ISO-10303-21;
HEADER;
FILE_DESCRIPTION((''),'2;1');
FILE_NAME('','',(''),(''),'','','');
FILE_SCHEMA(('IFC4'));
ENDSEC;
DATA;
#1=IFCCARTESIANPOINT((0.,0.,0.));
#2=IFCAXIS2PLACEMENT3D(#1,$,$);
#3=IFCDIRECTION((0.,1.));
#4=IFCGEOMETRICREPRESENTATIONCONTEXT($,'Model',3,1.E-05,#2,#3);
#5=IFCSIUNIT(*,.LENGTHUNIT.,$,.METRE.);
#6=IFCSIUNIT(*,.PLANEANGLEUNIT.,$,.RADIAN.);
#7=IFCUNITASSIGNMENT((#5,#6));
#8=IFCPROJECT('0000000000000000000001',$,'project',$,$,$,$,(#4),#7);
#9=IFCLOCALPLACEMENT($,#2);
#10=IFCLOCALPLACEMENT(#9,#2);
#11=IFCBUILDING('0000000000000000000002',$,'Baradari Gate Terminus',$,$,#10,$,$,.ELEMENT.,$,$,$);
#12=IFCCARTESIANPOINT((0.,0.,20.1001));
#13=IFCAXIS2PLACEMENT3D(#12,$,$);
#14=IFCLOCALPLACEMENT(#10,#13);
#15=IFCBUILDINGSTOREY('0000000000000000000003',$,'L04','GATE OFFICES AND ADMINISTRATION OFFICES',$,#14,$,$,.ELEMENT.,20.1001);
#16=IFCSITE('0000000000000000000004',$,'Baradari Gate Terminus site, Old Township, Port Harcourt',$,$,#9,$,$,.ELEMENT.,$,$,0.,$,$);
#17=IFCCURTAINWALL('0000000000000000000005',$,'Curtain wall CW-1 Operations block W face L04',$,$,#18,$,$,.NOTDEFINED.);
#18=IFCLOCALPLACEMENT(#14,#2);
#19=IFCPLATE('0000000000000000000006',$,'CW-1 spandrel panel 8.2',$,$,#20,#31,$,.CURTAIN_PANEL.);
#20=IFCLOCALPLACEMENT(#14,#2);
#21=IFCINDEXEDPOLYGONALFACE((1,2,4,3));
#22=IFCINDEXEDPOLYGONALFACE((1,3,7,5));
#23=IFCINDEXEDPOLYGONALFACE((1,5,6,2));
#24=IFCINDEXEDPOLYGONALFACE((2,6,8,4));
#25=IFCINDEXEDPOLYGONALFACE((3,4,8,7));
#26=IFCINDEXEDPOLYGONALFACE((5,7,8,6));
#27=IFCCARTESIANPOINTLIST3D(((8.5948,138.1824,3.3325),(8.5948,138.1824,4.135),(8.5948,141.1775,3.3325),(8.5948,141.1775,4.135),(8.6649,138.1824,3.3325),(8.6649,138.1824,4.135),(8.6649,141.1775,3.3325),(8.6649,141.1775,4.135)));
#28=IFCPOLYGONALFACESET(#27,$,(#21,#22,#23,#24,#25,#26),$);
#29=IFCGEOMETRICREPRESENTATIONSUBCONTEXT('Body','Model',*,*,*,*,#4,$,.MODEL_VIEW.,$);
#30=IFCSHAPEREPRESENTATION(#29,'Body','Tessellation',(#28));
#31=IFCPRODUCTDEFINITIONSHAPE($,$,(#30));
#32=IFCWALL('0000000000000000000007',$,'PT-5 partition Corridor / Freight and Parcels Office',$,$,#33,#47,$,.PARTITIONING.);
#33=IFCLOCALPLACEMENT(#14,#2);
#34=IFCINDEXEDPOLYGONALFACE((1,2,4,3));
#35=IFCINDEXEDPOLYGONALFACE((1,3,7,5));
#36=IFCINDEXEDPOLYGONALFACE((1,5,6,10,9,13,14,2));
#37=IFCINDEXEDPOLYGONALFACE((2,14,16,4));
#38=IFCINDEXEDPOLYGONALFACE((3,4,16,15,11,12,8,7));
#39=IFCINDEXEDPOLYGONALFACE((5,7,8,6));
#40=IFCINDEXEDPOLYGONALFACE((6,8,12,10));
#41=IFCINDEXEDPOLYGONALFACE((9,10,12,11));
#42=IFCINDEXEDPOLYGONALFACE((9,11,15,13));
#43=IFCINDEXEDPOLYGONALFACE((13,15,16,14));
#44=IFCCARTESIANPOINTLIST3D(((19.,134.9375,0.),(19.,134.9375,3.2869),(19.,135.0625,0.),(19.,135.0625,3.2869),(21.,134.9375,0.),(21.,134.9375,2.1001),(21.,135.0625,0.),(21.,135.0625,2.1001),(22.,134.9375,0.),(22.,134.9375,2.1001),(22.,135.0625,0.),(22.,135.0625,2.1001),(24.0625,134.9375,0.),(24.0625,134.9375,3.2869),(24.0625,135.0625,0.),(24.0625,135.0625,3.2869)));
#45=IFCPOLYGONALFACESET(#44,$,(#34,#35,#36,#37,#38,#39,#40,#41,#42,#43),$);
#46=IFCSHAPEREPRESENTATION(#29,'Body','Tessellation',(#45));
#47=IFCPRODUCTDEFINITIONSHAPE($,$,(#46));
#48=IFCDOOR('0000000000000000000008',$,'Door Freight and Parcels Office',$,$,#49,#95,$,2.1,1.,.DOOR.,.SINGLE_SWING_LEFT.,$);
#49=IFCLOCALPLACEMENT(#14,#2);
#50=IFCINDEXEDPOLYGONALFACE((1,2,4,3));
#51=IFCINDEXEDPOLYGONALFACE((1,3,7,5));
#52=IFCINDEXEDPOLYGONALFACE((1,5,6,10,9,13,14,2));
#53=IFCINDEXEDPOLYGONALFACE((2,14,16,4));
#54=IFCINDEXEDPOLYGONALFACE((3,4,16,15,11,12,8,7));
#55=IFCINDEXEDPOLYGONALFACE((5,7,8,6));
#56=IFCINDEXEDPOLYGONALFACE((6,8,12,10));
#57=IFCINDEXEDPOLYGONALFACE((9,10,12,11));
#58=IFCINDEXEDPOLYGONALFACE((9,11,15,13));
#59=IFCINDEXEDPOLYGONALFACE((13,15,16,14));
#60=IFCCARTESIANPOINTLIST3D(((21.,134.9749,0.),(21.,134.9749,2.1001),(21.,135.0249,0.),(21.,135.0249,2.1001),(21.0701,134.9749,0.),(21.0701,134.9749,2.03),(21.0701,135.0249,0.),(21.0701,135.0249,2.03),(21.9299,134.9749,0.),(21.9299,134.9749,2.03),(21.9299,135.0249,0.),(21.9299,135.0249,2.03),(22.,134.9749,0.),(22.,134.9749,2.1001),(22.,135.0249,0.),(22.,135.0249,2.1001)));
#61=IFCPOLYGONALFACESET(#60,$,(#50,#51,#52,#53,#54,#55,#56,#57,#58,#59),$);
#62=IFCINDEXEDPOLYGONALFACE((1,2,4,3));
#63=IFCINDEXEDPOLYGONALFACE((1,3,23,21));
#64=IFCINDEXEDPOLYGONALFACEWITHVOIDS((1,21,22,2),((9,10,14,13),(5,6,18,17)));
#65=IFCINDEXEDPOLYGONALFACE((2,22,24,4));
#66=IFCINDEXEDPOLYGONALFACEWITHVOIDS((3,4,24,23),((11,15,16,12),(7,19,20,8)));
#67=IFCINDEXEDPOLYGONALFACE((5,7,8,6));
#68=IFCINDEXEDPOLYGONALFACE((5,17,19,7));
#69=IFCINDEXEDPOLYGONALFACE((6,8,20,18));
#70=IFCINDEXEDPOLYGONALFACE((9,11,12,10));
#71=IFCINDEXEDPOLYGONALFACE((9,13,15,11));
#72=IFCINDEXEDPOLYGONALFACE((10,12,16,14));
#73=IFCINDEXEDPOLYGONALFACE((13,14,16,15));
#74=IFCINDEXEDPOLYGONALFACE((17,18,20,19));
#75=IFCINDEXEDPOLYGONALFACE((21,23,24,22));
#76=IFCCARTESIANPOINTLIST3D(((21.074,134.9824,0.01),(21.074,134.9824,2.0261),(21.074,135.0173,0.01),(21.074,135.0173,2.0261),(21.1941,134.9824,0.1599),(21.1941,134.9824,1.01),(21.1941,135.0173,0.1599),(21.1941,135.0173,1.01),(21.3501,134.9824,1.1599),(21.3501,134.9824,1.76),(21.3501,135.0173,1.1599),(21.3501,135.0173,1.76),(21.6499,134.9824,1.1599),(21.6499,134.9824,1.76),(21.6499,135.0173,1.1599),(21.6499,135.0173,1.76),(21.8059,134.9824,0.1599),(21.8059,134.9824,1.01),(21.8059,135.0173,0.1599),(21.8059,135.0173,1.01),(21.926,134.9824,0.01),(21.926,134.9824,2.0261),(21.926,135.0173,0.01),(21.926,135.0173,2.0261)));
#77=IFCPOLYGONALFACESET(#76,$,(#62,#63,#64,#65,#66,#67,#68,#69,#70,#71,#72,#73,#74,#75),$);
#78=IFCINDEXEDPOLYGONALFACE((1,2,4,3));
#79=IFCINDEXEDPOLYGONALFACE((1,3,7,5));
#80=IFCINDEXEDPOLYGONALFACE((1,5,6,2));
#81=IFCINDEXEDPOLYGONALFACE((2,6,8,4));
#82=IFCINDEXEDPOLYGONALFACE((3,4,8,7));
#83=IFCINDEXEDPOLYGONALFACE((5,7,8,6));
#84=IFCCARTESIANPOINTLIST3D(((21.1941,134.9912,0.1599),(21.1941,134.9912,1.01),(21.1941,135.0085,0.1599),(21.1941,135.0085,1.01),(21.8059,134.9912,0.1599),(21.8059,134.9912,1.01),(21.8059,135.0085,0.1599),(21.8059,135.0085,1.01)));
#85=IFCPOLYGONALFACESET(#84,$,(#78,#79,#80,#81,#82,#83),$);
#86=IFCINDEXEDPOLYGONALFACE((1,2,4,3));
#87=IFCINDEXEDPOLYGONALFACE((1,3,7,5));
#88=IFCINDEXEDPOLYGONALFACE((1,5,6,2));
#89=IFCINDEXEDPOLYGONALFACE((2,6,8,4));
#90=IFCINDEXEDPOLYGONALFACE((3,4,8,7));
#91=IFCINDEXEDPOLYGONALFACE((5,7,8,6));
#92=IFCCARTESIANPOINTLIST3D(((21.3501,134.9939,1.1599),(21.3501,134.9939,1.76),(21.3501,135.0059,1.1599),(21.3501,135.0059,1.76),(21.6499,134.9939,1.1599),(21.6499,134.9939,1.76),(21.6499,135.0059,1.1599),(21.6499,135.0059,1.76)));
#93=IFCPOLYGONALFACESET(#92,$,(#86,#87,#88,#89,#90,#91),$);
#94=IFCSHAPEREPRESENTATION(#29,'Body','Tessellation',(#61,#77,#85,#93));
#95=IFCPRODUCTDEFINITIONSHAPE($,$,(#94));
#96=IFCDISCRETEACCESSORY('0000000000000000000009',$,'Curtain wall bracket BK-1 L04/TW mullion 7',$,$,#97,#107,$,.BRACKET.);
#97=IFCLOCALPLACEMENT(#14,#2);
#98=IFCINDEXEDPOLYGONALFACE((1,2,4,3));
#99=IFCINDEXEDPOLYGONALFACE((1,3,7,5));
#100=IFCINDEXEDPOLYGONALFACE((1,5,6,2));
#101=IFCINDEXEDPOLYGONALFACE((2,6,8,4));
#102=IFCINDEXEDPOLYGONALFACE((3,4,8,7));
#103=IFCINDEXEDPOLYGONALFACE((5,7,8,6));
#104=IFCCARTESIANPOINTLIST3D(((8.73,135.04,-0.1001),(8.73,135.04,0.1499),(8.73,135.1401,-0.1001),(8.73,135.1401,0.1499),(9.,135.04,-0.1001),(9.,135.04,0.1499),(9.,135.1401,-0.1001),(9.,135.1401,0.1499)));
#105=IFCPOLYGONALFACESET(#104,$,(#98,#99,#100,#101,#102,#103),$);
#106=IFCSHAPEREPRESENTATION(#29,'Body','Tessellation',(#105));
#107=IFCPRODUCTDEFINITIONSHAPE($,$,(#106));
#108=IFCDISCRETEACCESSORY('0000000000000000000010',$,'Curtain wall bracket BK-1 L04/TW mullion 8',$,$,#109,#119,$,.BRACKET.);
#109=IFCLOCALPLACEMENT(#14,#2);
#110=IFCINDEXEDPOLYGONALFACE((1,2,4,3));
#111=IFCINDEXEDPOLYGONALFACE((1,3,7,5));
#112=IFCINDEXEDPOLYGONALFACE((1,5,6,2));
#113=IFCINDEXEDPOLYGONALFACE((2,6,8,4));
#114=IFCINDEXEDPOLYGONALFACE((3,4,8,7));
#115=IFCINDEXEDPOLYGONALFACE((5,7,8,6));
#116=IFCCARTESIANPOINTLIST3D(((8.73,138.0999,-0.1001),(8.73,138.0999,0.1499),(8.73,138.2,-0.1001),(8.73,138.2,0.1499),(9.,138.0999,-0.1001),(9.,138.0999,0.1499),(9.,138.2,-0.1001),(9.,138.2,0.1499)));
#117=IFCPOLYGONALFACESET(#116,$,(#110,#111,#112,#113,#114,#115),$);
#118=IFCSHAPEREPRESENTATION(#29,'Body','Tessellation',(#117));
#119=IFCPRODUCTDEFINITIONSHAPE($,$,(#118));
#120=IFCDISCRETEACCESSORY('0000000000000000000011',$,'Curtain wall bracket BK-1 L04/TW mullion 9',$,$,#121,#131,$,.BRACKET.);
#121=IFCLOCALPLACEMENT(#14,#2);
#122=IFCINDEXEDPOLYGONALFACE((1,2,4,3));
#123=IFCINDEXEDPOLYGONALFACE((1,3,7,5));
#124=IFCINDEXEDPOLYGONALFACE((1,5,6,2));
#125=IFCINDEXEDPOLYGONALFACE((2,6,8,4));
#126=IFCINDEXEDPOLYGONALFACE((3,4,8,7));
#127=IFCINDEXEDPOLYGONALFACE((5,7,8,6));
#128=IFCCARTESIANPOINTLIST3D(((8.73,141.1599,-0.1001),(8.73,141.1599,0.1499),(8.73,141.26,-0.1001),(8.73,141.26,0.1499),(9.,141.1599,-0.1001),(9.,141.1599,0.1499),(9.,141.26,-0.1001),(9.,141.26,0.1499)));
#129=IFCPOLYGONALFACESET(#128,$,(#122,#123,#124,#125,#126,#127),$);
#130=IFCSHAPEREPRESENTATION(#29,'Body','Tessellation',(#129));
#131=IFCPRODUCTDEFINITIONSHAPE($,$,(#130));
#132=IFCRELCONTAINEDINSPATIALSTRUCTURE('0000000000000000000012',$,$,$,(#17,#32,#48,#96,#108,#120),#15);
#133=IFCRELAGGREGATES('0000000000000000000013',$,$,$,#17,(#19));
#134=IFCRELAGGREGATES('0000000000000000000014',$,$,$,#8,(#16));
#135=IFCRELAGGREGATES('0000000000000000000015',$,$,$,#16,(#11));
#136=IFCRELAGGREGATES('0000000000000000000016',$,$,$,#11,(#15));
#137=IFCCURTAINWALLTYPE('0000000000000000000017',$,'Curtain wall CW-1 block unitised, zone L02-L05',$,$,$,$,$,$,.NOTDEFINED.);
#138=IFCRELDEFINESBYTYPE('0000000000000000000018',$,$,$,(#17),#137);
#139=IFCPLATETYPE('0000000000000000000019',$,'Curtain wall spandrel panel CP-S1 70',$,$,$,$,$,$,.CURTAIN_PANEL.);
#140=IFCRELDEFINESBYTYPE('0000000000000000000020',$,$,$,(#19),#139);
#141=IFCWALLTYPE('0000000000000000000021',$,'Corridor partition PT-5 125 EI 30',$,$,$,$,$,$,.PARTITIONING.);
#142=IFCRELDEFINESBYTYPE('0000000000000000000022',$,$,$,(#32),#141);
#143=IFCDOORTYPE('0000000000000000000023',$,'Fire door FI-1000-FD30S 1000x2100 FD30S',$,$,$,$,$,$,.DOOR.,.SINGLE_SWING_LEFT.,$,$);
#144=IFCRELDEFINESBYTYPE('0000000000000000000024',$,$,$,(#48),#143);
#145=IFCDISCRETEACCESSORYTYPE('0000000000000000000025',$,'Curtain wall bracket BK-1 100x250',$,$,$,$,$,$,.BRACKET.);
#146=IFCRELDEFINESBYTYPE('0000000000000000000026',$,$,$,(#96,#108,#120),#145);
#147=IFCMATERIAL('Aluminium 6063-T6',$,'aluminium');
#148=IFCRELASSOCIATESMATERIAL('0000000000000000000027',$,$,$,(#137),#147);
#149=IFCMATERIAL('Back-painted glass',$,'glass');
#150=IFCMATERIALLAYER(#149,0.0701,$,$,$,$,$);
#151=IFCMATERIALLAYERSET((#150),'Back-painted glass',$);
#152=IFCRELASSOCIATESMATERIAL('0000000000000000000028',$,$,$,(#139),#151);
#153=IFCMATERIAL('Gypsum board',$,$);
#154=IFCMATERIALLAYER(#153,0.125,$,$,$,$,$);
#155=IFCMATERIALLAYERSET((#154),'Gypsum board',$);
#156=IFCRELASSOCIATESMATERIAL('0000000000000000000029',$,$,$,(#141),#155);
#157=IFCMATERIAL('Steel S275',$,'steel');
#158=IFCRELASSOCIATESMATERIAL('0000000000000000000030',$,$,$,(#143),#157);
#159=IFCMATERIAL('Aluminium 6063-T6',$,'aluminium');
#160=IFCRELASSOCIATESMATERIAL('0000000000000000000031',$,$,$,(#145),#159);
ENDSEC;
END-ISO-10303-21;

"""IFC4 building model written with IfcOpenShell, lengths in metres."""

from ifc_helpers import new_model, si_unit, direction, frame, frame_2d, origin, origin_2d, place, context, subcontext, project, spatial, polyline, rectangle, outline, extrude, material, layer, layer_set, type_object, element, fill, aggregate, save


model = new_model("IFC4")

# Units and contexts
model_context = context("Model", 3, precision=1e-05, world=origin(), true_north=direction((0.0, 1.0)))
body_context = subcontext(model_context, "Body", "Model", "MODEL_VIEW")
ifc_project = project(units=[si_unit("LENGTHUNIT", "METRE"), si_unit("PLANEANGLEUNIT", "RADIAN")], contexts=[model_context])

# Site, building, storey
site_placement = place(None, origin())
site = spatial("IfcSite", under=ifc_project, at=site_placement, Name="Baradari Gate Terminus site, Old Township, Port Harcourt", CompositionType="ELEMENT", RefElevation=0.0)
building_placement = place(site_placement, origin())
building = spatial("IfcBuilding", under=site, at=building_placement, Name="Baradari Gate Terminus", CompositionType="ELEMENT")
storey_placement = place(building_placement, frame((0.0, 0.0, 20.1001)))
storey = spatial("IfcBuildingStorey", under=building, at=storey_placement, Name="L04", Description="GATE OFFICES AND ADMINISTRATION OFFICES", CompositionType="ELEMENT", Elevation=20.1001)

# Curtain wall
ifc_material_1 = material(Name="Aluminium 6063-T6", Category="aluminium")
curtain_wall_type = type_object("IfcCurtainWallType", Name="Curtain wall CW-1 block unitised, zone L02-L05", PredefinedType="NOTDEFINED", material=ifc_material_1)
curtain_wall_placement = place(storey_placement, origin())
curtain_wall = element("IfcCurtainWall", 1, at=curtain_wall_placement, inside=storey, type_object=curtain_wall_type, Name="Curtain wall CW-1 Operations block W face L04", PredefinedType="NOTDEFINED")

# Plate
ifc_material_2 = material(Name="Back-painted glass", Category="glass")
ifc_layer_1 = layer(ifc_material_2, 0.0701)
ifc_layer_set_1 = layer_set([ifc_layer_1], Name="Back-painted glass")
plate_type_1 = type_object("IfcPlateType", Name="Curtain wall spandrel panel CP-S1 70", PredefinedType="CURTAIN_PANEL", material=ifc_layer_set_1)
plate_1_placement = place(storey_placement, frame((8.6299, 139.6799, 3.3325), z_axis=(0.0, 0.0, 1.0), x_axis=(0.0, 1.0, 0.0)))
plate_1 = element("IfcPlate", 2, at=plate_1_placement, type_object=plate_type_1, Name="CW-1 spandrel panel 8.2", PredefinedType="CURTAIN_PANEL", context=body_context, shape_type="SweptSolid", body=[
    extrude(rectangle(XDim=2.9951, YDim=0.0701, at=origin_2d()), origin(), (0.0, 0.0, 1.0), 0.8025),
])
aggregate(curtain_wall, [plate_1])

# Wall, opening, door
ifc_material_3 = material(Name="Gypsum board")
ifc_layer_2 = layer(ifc_material_3, 0.125)
ifc_layer_set_2 = layer_set([ifc_layer_2], Name="Gypsum board")
wall_type = type_object("IfcWallType", Name="Corridor partition PT-5 125 EI 30", PredefinedType="PARTITIONING", material=ifc_layer_set_2)
wall_placement = place(storey_placement, frame((19.0, 135.0, 0.0), z_axis=(0.0, 0.0, 1.0), x_axis=(1.0, 0.0, 0.0)))
wall = element("IfcWall", 3, at=wall_placement, inside=storey, type_object=wall_type, Name="PT-5 partition Corridor / Freight and Parcels Office", PredefinedType="PARTITIONING", context=body_context, shape_type="SweptSolid", body=[
    extrude(rectangle(XDim=5.0625, YDim=0.125, at=frame_2d((2.5312, 0.0))), origin(), (0.0, 0.0, 1.0), 3.2869),
])
opening_placement = place(wall_placement, frame((2.0, 0.0, 0.0)))
opening = element("IfcOpeningElement", 4, at=opening_placement, cuts=wall, PredefinedType="OPENING", context=body_context, shape_type="SweptSolid", body=[
    extrude(rectangle(XDim=1.0, YDim=2.1001, at=frame_2d((0.5, 1.05))), frame((0.0, 0.0725, 0.0), z_axis=(0.0, -1.0, 0.0), x_axis=(1.0, 0.0, 0.0)), (0.0, 0.0, 1.0), 0.145),
])
ifc_material_4 = material(Name="Steel S275", Category="steel")
door_type = type_object("IfcDoorType", Name="Fire door FI-1000-FD30S 1000x2100 FD30S", OperationType="SINGLE_SWING_LEFT", PredefinedType="DOOR", material=ifc_material_4)
door_placement = place(opening_placement, origin())
door = element("IfcDoor", 5, at=door_placement, inside=storey, type_object=door_type, Name="Door Freight and Parcels Office", OperationType="SINGLE_SWING_LEFT", OverallHeight=2.1, OverallWidth=1.0, PredefinedType="DOOR", context=body_context, shape_type="SweptSolid", body=[
    extrude(outline(polyline([(0.0, 0.0), (0.0701, 0.0), (0.0701, 2.03), (0.9299, 2.03), (0.9299, 0.0), (1.0, 0.0), (1.0, 2.1001), (0.0, 2.1001), (0.0, 0.0)])), frame((0.0, 0.0249, 0.0), z_axis=(0.0, -1.0, 0.0), x_axis=(1.0, 0.0, 0.0)), (0.0, 0.0, 1.0), 0.05),
    extrude(outline(polyline([(0.074, 0.01), (0.926, 0.01), (0.926, 2.0261), (0.074, 2.0261), (0.074, 0.01)]), holes=[polyline([(0.1941, 0.1599), (0.8059, 0.1599), (0.8059, 1.01), (0.1941, 1.01), (0.1941, 0.1599)]), polyline([(0.3501, 1.1599), (0.6499, 1.1599), (0.6499, 1.76), (0.3501, 1.76), (0.3501, 1.1599)])]), frame((0.0, 0.0173, 0.0), z_axis=(0.0, -1.0, 0.0), x_axis=(1.0, 0.0, 0.0)), (0.0, 0.0, 1.0), 0.0349),
    extrude(rectangle(XDim=0.6118, YDim=0.8501, at=frame_2d((0.5, 0.585))), frame((0.0, 0.0085, 0.0), z_axis=(0.0, -1.0, 0.0), x_axis=(1.0, 0.0, 0.0)), (0.0, 0.0, 1.0), 0.0173),
    extrude(rectangle(XDim=0.2998, YDim=0.6001, at=frame_2d((0.5, 1.46))), frame((0.0, 0.0059, 0.0), z_axis=(0.0, -1.0, 0.0), x_axis=(1.0, 0.0, 0.0)), (0.0, 0.0, 1.0), 0.012),
])
fill(opening, door)

# Discrete accessories
ifc_material_5 = material(Name="Aluminium 6063-T6", Category="aluminium")
discrete_accessory_type = type_object("IfcDiscreteAccessoryType", Name="Curtain wall bracket BK-1 100x250", PredefinedType="BRACKET", material=ifc_material_5)
for number, where, z_axis, x_axis, name in (
    (6, (8.865, 135.0901, -0.1001), (0.0, 0.0, 1.0), (-1.0, 0.0, 0.0), "Curtain wall bracket BK-1 L04/TW mullion 7"),
    (7, (8.865, 138.1499, -0.1001), (0.0, 0.0, 1.0), (-1.0, 0.0, 0.0), "Curtain wall bracket BK-1 L04/TW mullion 8"),
    (8, (8.865, 141.21, -0.1001), (0.0, 0.0, 1.0), (-1.0, 0.0, 0.0), "Curtain wall bracket BK-1 L04/TW mullion 9"),
):
    element("IfcDiscreteAccessory", number, at=place(storey_placement, frame(where, z_axis=z_axis, x_axis=x_axis)), inside=storey, type_object=discrete_accessory_type, Name=name, PredefinedType="BRACKET", context=body_context, shape_type="SweptSolid", body=[
        extrude(rectangle(XDim=0.27, YDim=0.1001, at=origin_2d()), origin(), (0.0, 0.0, 1.0), 0.25),
    ])

save(model, "model.ifc")
